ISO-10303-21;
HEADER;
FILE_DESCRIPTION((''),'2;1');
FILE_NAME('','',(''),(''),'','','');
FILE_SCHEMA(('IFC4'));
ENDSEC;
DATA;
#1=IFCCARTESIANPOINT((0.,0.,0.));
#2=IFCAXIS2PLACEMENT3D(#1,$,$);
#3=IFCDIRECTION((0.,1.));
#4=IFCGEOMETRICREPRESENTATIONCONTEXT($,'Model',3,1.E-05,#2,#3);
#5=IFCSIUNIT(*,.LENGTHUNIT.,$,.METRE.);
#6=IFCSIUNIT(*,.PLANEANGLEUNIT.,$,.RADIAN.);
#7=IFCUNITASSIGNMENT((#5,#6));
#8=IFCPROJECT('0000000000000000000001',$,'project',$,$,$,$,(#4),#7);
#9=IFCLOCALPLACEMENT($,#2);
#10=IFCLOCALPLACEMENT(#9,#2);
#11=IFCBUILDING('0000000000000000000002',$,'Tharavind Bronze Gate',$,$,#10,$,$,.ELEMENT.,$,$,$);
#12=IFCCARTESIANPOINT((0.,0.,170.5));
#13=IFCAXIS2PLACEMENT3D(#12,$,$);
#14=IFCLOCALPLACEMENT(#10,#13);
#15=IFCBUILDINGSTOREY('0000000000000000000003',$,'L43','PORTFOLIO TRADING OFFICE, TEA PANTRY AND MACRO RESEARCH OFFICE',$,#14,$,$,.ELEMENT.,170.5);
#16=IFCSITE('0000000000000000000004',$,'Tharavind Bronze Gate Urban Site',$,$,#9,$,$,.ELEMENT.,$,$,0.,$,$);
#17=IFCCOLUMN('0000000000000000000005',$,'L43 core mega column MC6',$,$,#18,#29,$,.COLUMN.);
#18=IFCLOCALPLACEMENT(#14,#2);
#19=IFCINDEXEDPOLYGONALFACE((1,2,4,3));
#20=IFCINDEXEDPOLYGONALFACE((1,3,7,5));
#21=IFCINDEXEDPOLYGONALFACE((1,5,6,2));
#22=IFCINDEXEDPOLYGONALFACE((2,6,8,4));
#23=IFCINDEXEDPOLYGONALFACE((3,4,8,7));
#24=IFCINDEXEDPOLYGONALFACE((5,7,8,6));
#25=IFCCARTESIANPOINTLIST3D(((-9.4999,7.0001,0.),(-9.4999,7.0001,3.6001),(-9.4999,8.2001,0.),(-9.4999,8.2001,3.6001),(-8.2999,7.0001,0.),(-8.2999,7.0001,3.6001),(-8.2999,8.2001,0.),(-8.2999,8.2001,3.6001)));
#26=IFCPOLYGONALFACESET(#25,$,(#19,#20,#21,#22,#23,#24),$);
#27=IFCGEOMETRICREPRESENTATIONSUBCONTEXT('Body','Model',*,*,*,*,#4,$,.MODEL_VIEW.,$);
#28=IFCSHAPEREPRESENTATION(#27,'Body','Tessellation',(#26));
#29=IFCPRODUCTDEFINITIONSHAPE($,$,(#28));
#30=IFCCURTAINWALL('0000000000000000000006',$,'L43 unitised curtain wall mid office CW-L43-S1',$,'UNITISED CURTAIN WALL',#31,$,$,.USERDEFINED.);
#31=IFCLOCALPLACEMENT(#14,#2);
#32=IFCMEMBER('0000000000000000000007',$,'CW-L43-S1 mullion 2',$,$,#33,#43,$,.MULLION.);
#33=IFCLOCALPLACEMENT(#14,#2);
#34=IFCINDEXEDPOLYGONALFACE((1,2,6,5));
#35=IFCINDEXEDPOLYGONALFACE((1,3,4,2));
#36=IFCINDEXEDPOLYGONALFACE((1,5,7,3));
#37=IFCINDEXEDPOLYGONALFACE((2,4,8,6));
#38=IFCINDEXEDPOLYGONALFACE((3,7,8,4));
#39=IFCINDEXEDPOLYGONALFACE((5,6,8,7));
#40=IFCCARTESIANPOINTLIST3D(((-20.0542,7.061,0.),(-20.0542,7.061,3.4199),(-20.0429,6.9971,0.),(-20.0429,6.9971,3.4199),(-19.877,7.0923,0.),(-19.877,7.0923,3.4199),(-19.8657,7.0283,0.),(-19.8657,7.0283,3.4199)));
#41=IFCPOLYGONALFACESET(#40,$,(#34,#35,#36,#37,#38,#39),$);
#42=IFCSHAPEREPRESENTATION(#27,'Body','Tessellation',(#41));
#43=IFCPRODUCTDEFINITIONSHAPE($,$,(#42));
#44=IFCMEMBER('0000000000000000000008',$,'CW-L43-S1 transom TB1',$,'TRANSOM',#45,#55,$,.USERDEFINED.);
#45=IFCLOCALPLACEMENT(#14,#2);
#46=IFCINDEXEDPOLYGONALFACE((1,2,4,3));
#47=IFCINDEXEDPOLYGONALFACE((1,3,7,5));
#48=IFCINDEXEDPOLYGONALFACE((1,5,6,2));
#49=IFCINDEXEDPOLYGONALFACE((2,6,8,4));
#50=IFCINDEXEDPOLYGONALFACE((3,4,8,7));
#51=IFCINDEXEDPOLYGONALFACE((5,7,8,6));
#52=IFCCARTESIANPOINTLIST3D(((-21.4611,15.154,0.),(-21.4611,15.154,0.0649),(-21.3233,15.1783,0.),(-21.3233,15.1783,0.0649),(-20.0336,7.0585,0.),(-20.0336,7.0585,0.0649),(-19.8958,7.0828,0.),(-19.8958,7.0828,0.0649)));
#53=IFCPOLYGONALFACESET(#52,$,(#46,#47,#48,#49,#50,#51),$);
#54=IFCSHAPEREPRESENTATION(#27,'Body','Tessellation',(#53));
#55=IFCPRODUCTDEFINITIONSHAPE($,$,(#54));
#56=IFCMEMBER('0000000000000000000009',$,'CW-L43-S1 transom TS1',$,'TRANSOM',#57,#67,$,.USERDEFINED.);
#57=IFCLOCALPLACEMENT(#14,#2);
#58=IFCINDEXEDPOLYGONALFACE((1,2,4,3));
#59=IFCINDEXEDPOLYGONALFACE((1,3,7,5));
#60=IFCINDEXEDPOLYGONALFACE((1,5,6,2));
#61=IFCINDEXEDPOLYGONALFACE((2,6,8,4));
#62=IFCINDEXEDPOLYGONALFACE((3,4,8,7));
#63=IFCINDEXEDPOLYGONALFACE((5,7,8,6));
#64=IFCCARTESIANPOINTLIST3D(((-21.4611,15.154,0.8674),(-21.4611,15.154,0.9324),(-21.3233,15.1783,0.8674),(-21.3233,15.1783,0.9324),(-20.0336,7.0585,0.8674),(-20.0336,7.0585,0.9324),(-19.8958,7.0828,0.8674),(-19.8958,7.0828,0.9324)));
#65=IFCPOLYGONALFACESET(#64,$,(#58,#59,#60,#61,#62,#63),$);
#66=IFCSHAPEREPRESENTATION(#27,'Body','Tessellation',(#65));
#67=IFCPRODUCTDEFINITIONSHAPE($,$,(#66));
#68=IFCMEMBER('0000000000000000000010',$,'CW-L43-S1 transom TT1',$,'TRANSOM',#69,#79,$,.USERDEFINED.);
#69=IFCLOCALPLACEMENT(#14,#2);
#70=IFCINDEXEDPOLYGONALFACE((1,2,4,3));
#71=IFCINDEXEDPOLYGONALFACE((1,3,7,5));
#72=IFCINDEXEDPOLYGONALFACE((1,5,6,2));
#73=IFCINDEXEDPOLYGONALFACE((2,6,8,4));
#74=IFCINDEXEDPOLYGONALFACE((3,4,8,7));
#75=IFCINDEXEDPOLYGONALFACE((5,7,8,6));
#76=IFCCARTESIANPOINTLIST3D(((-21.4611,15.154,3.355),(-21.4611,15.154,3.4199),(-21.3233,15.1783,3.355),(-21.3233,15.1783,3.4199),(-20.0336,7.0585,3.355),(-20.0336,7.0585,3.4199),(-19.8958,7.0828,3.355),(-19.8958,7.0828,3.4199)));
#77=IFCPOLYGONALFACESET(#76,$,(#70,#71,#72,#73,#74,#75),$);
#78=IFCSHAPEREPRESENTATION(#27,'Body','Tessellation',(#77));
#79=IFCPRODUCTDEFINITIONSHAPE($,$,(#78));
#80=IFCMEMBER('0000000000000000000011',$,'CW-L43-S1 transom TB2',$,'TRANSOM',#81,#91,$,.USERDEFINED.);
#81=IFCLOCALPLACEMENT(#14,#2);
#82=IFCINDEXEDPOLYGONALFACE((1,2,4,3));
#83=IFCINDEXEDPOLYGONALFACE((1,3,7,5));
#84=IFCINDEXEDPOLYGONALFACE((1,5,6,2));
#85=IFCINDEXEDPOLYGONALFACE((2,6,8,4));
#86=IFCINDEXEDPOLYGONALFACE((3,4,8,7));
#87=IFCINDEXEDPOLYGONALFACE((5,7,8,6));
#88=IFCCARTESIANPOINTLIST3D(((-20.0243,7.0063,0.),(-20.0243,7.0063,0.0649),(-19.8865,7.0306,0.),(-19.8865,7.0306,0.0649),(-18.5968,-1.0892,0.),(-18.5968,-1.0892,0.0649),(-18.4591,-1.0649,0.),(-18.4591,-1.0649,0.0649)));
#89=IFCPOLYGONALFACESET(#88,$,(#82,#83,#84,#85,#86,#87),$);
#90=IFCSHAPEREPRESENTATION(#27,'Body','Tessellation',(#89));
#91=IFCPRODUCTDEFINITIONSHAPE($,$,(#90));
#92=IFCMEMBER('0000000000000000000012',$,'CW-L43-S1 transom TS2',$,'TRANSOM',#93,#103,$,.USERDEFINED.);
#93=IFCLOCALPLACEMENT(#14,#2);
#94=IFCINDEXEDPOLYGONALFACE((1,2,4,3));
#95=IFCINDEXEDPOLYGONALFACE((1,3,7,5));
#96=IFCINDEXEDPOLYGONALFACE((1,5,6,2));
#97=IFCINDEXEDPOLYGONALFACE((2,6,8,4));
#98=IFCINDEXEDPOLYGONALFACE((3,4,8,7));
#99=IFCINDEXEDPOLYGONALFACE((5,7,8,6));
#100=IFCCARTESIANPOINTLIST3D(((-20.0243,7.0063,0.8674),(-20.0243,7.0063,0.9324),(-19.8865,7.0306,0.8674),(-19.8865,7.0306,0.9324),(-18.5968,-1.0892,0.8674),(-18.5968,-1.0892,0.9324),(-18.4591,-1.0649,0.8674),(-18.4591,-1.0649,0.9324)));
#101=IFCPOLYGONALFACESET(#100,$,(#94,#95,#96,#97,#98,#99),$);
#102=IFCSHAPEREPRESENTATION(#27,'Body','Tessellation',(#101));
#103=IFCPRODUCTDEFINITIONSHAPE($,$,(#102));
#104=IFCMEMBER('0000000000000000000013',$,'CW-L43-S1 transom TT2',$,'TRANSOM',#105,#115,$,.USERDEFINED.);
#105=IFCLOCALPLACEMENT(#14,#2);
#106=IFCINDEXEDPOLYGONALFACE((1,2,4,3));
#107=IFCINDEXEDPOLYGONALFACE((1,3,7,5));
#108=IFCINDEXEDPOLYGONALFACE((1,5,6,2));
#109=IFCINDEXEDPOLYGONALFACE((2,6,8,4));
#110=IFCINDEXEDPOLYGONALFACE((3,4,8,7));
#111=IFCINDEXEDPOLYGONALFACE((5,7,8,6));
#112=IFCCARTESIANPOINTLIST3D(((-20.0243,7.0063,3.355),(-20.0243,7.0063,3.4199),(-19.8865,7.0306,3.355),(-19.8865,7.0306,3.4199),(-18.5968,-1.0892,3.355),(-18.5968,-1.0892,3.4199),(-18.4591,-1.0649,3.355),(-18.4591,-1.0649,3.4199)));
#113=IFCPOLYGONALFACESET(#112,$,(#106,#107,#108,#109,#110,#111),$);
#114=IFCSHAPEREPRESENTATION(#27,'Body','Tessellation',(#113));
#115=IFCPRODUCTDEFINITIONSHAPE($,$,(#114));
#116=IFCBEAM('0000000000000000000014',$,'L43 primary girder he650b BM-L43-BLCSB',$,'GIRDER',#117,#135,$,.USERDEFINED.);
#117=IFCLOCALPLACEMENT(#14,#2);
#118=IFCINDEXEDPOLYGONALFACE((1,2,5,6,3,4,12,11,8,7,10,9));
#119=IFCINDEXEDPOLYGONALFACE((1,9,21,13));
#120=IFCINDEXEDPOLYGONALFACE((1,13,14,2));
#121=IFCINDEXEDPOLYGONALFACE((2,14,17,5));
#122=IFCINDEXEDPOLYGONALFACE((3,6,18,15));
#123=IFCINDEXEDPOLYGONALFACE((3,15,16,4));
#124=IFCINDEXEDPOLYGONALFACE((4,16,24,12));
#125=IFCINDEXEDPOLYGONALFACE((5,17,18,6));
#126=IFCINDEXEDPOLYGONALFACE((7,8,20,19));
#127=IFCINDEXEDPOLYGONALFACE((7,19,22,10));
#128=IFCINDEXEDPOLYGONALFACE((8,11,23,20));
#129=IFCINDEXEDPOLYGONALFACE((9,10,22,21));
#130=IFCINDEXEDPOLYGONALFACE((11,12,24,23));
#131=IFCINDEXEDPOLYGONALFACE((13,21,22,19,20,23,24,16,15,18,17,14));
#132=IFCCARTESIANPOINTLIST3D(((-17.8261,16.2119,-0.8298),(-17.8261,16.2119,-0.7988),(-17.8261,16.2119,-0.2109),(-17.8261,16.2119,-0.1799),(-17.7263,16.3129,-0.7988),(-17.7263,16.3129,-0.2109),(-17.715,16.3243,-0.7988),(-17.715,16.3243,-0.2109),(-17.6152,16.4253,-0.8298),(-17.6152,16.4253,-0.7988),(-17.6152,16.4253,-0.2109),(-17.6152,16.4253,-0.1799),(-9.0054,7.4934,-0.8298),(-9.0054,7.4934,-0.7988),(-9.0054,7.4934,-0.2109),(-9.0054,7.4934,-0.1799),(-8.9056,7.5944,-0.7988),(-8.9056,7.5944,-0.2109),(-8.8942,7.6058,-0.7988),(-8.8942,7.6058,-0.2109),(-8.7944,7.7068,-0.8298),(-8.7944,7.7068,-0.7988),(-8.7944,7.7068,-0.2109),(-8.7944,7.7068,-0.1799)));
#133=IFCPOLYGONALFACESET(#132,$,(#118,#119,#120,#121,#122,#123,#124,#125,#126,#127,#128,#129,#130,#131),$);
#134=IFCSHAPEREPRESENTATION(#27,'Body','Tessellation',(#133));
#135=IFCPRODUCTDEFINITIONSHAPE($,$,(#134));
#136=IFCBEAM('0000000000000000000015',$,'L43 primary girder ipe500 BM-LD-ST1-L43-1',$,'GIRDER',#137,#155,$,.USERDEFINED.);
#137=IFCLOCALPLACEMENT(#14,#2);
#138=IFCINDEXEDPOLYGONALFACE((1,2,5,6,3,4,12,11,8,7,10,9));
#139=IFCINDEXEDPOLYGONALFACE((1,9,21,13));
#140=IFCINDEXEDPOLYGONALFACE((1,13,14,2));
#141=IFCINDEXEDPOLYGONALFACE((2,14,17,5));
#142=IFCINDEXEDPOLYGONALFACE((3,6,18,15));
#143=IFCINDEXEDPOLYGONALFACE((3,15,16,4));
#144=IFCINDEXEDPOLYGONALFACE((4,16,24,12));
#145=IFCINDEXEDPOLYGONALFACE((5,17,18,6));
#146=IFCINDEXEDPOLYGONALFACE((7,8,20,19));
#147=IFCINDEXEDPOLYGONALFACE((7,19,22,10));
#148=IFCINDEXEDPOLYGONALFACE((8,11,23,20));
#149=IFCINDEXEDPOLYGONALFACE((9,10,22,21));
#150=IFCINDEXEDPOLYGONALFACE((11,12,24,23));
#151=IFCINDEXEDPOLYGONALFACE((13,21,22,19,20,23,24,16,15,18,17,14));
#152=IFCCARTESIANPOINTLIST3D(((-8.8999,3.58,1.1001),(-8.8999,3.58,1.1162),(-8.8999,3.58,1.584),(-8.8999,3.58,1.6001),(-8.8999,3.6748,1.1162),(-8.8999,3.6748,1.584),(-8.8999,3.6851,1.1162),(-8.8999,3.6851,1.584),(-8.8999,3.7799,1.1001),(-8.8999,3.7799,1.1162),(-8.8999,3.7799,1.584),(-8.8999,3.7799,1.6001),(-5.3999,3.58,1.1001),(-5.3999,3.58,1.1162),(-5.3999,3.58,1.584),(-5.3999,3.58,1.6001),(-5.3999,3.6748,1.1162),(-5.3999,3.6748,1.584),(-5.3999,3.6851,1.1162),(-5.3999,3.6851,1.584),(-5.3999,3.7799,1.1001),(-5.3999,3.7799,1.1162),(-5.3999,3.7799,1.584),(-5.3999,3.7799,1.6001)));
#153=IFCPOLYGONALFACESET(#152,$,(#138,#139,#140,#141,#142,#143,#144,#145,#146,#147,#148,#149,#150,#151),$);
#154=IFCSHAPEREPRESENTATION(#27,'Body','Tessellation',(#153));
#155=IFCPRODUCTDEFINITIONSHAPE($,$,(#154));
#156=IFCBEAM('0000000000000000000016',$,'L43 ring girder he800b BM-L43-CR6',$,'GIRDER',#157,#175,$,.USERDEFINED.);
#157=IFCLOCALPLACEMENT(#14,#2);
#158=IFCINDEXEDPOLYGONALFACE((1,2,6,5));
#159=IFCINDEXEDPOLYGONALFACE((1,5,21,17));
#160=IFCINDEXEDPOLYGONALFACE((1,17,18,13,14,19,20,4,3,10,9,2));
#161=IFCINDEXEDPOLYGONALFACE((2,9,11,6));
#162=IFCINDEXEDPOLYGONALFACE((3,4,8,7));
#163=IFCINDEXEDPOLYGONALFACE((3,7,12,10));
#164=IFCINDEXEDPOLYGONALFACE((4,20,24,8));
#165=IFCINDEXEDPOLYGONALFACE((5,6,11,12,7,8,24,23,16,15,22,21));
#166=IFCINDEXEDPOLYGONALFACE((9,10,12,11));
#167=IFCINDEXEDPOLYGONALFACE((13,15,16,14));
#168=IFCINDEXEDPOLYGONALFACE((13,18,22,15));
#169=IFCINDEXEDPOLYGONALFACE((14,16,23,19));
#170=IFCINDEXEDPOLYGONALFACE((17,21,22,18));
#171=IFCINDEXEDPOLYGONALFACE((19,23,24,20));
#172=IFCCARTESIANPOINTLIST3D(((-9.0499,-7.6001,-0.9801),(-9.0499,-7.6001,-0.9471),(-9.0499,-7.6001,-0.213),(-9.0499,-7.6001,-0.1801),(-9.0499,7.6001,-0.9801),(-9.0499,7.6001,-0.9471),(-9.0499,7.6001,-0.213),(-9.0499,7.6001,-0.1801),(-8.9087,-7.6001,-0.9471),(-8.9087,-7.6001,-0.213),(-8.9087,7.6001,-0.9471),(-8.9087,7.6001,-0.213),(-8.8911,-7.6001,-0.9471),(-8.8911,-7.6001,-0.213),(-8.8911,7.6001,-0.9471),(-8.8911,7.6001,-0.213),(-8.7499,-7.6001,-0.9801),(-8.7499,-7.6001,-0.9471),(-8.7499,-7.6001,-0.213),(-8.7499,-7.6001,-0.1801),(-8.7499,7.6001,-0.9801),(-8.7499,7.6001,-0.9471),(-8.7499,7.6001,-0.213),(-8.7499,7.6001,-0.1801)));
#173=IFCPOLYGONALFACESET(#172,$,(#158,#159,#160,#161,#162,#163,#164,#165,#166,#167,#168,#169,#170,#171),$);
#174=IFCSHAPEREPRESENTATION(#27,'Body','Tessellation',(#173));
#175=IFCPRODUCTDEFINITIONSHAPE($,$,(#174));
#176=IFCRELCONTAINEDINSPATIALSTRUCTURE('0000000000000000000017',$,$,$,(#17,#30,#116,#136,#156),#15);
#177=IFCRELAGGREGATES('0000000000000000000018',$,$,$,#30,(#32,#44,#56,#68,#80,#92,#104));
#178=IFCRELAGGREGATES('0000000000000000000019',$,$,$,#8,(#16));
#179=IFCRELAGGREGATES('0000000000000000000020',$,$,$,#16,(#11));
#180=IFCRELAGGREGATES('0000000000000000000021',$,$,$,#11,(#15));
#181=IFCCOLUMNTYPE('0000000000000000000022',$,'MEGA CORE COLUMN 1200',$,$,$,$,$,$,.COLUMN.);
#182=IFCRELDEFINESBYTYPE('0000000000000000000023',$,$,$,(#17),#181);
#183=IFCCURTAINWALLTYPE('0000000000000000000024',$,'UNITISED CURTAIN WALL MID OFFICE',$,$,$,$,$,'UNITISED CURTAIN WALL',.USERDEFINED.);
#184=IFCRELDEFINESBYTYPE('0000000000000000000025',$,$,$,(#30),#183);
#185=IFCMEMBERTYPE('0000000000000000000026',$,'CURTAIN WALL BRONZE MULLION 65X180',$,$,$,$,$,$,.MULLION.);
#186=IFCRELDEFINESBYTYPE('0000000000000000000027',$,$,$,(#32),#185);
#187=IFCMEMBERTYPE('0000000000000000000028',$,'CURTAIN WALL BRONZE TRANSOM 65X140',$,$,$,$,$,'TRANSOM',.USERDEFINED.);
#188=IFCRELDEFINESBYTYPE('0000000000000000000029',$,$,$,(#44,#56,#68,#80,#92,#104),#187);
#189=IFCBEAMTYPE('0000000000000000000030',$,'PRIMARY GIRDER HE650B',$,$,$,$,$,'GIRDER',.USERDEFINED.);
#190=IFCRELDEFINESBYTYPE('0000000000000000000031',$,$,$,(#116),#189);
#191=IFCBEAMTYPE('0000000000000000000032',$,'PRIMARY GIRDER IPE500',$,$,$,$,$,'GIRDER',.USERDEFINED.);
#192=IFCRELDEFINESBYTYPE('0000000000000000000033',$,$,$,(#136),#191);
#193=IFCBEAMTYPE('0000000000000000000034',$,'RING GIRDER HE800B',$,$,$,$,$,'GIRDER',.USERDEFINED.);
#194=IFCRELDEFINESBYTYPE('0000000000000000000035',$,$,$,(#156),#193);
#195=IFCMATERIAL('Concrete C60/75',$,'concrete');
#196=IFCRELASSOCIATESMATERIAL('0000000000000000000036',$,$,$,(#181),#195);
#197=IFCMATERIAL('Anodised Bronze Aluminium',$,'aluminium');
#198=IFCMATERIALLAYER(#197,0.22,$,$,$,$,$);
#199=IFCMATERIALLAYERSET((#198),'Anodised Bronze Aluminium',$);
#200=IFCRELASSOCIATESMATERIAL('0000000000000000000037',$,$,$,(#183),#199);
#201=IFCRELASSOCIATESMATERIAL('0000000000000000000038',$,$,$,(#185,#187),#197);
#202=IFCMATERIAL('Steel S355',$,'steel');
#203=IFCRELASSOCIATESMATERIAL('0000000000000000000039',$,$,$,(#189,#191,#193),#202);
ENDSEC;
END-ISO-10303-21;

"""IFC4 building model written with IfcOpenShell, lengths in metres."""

from ifc_helpers import new_model, si_unit, direction, frame, origin, origin_2d, place, context, subcontext, project, spatial, rectangle, i_section, extrude, material, layer, layer_set, material_profile, profile_set, type_object, element, aggregate, save


model = new_model("IFC4")

# Units and contexts
model_context = context("Model", 3, precision=1e-05, world=origin(), true_north=direction((0.0, 1.0)))
body_context = subcontext(model_context, "Body", "Model", "MODEL_VIEW")
ifc_project = project(units=[si_unit("LENGTHUNIT", "METRE"), si_unit("PLANEANGLEUNIT", "RADIAN")], contexts=[model_context])

# Site, building, storey
site_placement = place(None, origin())
site = spatial("IfcSite", under=ifc_project, at=site_placement, Name="Tharavind Bronze Gate Urban Site", CompositionType="ELEMENT", RefElevation=0.0)
building_placement = place(site_placement, origin())
building = spatial("IfcBuilding", under=site, at=building_placement, Name="Tharavind Bronze Gate", CompositionType="ELEMENT")
storey_placement = place(building_placement, frame((0.0, 0.0, 170.5)))
storey = spatial("IfcBuildingStorey", under=building, at=storey_placement, Name="L43", Description="PORTFOLIO TRADING OFFICE, TEA PANTRY AND MACRO RESEARCH OFFICE", CompositionType="ELEMENT", Elevation=170.5)

# Column
ifc_material_1 = material(Name="Concrete C60/75", Category="concrete")
ifc_material_profile_1 = material_profile(ifc_material_1, rectangle(XDim=1.2, YDim=1.2, at=origin_2d()), Name="RCCOL1200")
ifc_profile_set_1 = profile_set([ifc_material_profile_1], Name="Concrete C60/75")
column_type = type_object("IfcColumnType", Name="MEGA CORE COLUMN 1200", PredefinedType="COLUMN", material=ifc_profile_set_1)
column_placement = place(storey_placement, frame((-8.8999, 7.6001, 0.0), z_axis=(0.0, 0.0, 1.0), x_axis=(1.0, 0.0, 0.0)))
element("IfcColumn", 1, at=column_placement, inside=storey, type_object=column_type, Name="L43 core mega column MC6", PredefinedType="COLUMN", context=body_context, shape_type="SweptSolid", body=[
    extrude(rectangle(XDim=1.2, YDim=1.2, at=origin_2d()), origin(), (0.0, 0.0, 1.0), 3.6001),
])

# Curtain wall, members
ifc_material_2 = material(Name="Anodised Bronze Aluminium", Category="aluminium")
ifc_layer_1 = layer(ifc_material_2, 0.22)
ifc_layer_set_1 = layer_set([ifc_layer_1], Name="Anodised Bronze Aluminium")
curtain_wall_type = type_object("IfcCurtainWallType", Name="UNITISED CURTAIN WALL MID OFFICE", ElementType="UNITISED CURTAIN WALL", PredefinedType="USERDEFINED", material=ifc_layer_set_1)
curtain_wall_placement = place(storey_placement, origin())
curtain_wall = element("IfcCurtainWall", 2, at=curtain_wall_placement, inside=storey, type_object=curtain_wall_type, Name="L43 unitised curtain wall mid office CW-L43-S1", ObjectType="UNITISED CURTAIN WALL", PredefinedType="USERDEFINED")
member_type_1 = type_object("IfcMemberType", Name="CURTAIN WALL BRONZE MULLION 65X180", PredefinedType="MULLION", material=ifc_material_2)
member_1_placement = place(storey_placement, frame((-19.96, 7.0447, 0.0), z_axis=(0.0, 0.0, 1.0), x_axis=(0.173648, -0.984808, 0.0)))
member_1 = element("IfcMember", 3, at=member_1_placement, type_object=member_type_1, Name="CW-L43-S1 mullion 2", PredefinedType="MULLION", context=body_context, shape_type="SweptSolid", body=[
    extrude(rectangle(XDim=0.0649, YDim=0.1799, at=origin_2d()), origin(), (0.0, 0.0, 1.0), 3.4199),
])
member_type_2 = type_object("IfcMemberType", Name="CURTAIN WALL BRONZE TRANSOM 65X140", ElementType="TRANSOM", PredefinedType="USERDEFINED", material=ifc_material_2)
member_2_placement = place(storey_placement, frame((-20.6785, 11.1184, 0.0), z_axis=(0.0, 0.0, 1.0), x_axis=(0.173648, -0.984808, 0.0)))
member_2 = element("IfcMember", 4, at=member_2_placement, type_object=member_type_2, Name="CW-L43-S1 transom TB1", ObjectType="TRANSOM", PredefinedType="USERDEFINED", context=body_context, shape_type="SweptSolid", body=[
    extrude(rectangle(XDim=8.2205, YDim=0.1399, at=origin_2d()), origin(), (0.0, 0.0, 1.0), 0.0649),
])
member_3_placement = place(storey_placement, frame((-20.6785, 11.1184, 0.8674), z_axis=(0.0, 0.0, 1.0), x_axis=(0.173648, -0.984808, 0.0)))
member_3 = element("IfcMember", 5, at=member_3_placement, type_object=member_type_2, Name="CW-L43-S1 transom TS1", ObjectType="TRANSOM", PredefinedType="USERDEFINED", context=body_context, shape_type="SweptSolid", body=[
    extrude(rectangle(XDim=8.2205, YDim=0.1399, at=origin_2d()), origin(), (0.0, 0.0, 1.0), 0.0649),
])
member_4_placement = place(storey_placement, frame((-20.6785, 11.1184, 3.355), z_axis=(0.0, 0.0, 1.0), x_axis=(0.173648, -0.984808, 0.0)))
member_4 = element("IfcMember", 6, at=member_4_placement, type_object=member_type_2, Name="CW-L43-S1 transom TT1", ObjectType="TRANSOM", PredefinedType="USERDEFINED", context=body_context, shape_type="SweptSolid", body=[
    extrude(rectangle(XDim=8.2205, YDim=0.1399, at=origin_2d()), origin(), (0.0, 0.0, 1.0), 0.0649),
])
member_5_placement = place(storey_placement, frame((-19.2417, 2.9707, 0.0), z_axis=(0.0, 0.0, 1.0), x_axis=(0.173648, -0.984808, 0.0)))
member_5 = element("IfcMember", 7, at=member_5_placement, type_object=member_type_2, Name="CW-L43-S1 transom TB2", ObjectType="TRANSOM", PredefinedType="USERDEFINED", context=body_context, shape_type="SweptSolid", body=[
    extrude(rectangle(XDim=8.2205, YDim=0.1399, at=origin_2d()), origin(), (0.0, 0.0, 1.0), 0.0649),
])
member_6_placement = place(storey_placement, frame((-19.2417, 2.9707, 0.8674), z_axis=(0.0, 0.0, 1.0), x_axis=(0.173648, -0.984808, 0.0)))
member_6 = element("IfcMember", 8, at=member_6_placement, type_object=member_type_2, Name="CW-L43-S1 transom TS2", ObjectType="TRANSOM", PredefinedType="USERDEFINED", context=body_context, shape_type="SweptSolid", body=[
    extrude(rectangle(XDim=8.2205, YDim=0.1399, at=origin_2d()), origin(), (0.0, 0.0, 1.0), 0.0649),
])
member_7_placement = place(storey_placement, frame((-19.2417, 2.9707, 3.355), z_axis=(0.0, 0.0, 1.0), x_axis=(0.173648, -0.984808, 0.0)))
member_7 = element("IfcMember", 9, at=member_7_placement, type_object=member_type_2, Name="CW-L43-S1 transom TT2", ObjectType="TRANSOM", PredefinedType="USERDEFINED", context=body_context, shape_type="SweptSolid", body=[
    extrude(rectangle(XDim=8.2205, YDim=0.1399, at=origin_2d()), origin(), (0.0, 0.0, 1.0), 0.0649),
])

# Beams
ifc_material_3 = material(Name="Steel S355", Category="steel")
ifc_material_profile_2 = material_profile(ifc_material_3, i_section(OverallWidth=0.3, OverallDepth=0.6499, WebThickness=0.0161, FlangeThickness=0.031, at=origin_2d()), Name="HE650B")
ifc_profile_set_2 = profile_set([ifc_material_profile_2], Name="Steel S355")
beam_type_1 = type_object("IfcBeamType", Name="PRIMARY GIRDER HE650B", ElementType="GIRDER", PredefinedType="USERDEFINED", material=ifc_profile_set_2)
beam_1_placement = place(storey_placement, frame((-8.8999, 7.6001, -0.5049), z_axis=(-0.711219, 0.702971, 0.0), x_axis=(-0.702971, -0.711219, 0.0)))
element("IfcBeam", 10, at=beam_1_placement, inside=storey, type_object=beam_type_1, Name="L43 primary girder he650b BM-L43-BLCSB", ObjectType="GIRDER", PredefinedType="USERDEFINED", context=body_context, shape_type="SweptSolid", body=[
    extrude(i_section(OverallWidth=0.3, OverallDepth=0.6499, WebThickness=0.0161, FlangeThickness=0.031, at=origin_2d()), origin(), (0.0, 0.0, 1.0), 12.4023),
])
ifc_material_profile_3 = material_profile(ifc_material_3, i_section(OverallWidth=0.2, OverallDepth=0.5, WebThickness=0.0103, FlangeThickness=0.0161, at=origin_2d()), Name="IPE500")
ifc_profile_set_3 = profile_set([ifc_material_profile_3], Name="Steel S355")
beam_type_2 = type_object("IfcBeamType", Name="PRIMARY GIRDER IPE500", ElementType="GIRDER", PredefinedType="USERDEFINED", material=ifc_profile_set_3)
beam_2_placement = place(storey_placement, frame((-8.8999, 3.6799, 1.3501), z_axis=(1.0, 0.0, 0.0), x_axis=(0.0, 1.0, 0.0)))
element("IfcBeam", 11, at=beam_2_placement, inside=storey, type_object=beam_type_2, Name="L43 primary girder ipe500 BM-LD-ST1-L43-1", ObjectType="GIRDER", PredefinedType="USERDEFINED", context=body_context, shape_type="SweptSolid", body=[
    extrude(i_section(OverallWidth=0.2, OverallDepth=0.5, WebThickness=0.0103, FlangeThickness=0.0161, at=origin_2d()), origin(), (0.0, 0.0, 1.0), 3.5),
])
ifc_material_profile_4 = material_profile(ifc_material_3, i_section(OverallWidth=0.3, OverallDepth=0.8, WebThickness=0.0176, FlangeThickness=0.033, at=origin_2d()), Name="HE800B")
ifc_profile_set_4 = profile_set([ifc_material_profile_4], Name="Steel S355")
beam_type_3 = type_object("IfcBeamType", Name="RING GIRDER HE800B", ElementType="GIRDER", PredefinedType="USERDEFINED", material=ifc_profile_set_4)
beam_3_placement = place(storey_placement, frame((-8.8999, 7.6001, -0.5801), z_axis=(0.0, -1.0, 0.0), x_axis=(1.0, 0.0, 0.0)))
element("IfcBeam", 12, at=beam_3_placement, inside=storey, type_object=beam_type_3, Name="L43 ring girder he800b BM-L43-CR6", ObjectType="GIRDER", PredefinedType="USERDEFINED", context=body_context, shape_type="SweptSolid", body=[
    extrude(i_section(OverallWidth=0.3, OverallDepth=0.8, WebThickness=0.0176, FlangeThickness=0.033, at=origin_2d()), origin(), (0.0, 0.0, 1.0), 15.2002),
])

aggregate(curtain_wall, [member_1, member_2, member_3, member_4, member_5, member_6, member_7])

save(model, "model.ifc")
